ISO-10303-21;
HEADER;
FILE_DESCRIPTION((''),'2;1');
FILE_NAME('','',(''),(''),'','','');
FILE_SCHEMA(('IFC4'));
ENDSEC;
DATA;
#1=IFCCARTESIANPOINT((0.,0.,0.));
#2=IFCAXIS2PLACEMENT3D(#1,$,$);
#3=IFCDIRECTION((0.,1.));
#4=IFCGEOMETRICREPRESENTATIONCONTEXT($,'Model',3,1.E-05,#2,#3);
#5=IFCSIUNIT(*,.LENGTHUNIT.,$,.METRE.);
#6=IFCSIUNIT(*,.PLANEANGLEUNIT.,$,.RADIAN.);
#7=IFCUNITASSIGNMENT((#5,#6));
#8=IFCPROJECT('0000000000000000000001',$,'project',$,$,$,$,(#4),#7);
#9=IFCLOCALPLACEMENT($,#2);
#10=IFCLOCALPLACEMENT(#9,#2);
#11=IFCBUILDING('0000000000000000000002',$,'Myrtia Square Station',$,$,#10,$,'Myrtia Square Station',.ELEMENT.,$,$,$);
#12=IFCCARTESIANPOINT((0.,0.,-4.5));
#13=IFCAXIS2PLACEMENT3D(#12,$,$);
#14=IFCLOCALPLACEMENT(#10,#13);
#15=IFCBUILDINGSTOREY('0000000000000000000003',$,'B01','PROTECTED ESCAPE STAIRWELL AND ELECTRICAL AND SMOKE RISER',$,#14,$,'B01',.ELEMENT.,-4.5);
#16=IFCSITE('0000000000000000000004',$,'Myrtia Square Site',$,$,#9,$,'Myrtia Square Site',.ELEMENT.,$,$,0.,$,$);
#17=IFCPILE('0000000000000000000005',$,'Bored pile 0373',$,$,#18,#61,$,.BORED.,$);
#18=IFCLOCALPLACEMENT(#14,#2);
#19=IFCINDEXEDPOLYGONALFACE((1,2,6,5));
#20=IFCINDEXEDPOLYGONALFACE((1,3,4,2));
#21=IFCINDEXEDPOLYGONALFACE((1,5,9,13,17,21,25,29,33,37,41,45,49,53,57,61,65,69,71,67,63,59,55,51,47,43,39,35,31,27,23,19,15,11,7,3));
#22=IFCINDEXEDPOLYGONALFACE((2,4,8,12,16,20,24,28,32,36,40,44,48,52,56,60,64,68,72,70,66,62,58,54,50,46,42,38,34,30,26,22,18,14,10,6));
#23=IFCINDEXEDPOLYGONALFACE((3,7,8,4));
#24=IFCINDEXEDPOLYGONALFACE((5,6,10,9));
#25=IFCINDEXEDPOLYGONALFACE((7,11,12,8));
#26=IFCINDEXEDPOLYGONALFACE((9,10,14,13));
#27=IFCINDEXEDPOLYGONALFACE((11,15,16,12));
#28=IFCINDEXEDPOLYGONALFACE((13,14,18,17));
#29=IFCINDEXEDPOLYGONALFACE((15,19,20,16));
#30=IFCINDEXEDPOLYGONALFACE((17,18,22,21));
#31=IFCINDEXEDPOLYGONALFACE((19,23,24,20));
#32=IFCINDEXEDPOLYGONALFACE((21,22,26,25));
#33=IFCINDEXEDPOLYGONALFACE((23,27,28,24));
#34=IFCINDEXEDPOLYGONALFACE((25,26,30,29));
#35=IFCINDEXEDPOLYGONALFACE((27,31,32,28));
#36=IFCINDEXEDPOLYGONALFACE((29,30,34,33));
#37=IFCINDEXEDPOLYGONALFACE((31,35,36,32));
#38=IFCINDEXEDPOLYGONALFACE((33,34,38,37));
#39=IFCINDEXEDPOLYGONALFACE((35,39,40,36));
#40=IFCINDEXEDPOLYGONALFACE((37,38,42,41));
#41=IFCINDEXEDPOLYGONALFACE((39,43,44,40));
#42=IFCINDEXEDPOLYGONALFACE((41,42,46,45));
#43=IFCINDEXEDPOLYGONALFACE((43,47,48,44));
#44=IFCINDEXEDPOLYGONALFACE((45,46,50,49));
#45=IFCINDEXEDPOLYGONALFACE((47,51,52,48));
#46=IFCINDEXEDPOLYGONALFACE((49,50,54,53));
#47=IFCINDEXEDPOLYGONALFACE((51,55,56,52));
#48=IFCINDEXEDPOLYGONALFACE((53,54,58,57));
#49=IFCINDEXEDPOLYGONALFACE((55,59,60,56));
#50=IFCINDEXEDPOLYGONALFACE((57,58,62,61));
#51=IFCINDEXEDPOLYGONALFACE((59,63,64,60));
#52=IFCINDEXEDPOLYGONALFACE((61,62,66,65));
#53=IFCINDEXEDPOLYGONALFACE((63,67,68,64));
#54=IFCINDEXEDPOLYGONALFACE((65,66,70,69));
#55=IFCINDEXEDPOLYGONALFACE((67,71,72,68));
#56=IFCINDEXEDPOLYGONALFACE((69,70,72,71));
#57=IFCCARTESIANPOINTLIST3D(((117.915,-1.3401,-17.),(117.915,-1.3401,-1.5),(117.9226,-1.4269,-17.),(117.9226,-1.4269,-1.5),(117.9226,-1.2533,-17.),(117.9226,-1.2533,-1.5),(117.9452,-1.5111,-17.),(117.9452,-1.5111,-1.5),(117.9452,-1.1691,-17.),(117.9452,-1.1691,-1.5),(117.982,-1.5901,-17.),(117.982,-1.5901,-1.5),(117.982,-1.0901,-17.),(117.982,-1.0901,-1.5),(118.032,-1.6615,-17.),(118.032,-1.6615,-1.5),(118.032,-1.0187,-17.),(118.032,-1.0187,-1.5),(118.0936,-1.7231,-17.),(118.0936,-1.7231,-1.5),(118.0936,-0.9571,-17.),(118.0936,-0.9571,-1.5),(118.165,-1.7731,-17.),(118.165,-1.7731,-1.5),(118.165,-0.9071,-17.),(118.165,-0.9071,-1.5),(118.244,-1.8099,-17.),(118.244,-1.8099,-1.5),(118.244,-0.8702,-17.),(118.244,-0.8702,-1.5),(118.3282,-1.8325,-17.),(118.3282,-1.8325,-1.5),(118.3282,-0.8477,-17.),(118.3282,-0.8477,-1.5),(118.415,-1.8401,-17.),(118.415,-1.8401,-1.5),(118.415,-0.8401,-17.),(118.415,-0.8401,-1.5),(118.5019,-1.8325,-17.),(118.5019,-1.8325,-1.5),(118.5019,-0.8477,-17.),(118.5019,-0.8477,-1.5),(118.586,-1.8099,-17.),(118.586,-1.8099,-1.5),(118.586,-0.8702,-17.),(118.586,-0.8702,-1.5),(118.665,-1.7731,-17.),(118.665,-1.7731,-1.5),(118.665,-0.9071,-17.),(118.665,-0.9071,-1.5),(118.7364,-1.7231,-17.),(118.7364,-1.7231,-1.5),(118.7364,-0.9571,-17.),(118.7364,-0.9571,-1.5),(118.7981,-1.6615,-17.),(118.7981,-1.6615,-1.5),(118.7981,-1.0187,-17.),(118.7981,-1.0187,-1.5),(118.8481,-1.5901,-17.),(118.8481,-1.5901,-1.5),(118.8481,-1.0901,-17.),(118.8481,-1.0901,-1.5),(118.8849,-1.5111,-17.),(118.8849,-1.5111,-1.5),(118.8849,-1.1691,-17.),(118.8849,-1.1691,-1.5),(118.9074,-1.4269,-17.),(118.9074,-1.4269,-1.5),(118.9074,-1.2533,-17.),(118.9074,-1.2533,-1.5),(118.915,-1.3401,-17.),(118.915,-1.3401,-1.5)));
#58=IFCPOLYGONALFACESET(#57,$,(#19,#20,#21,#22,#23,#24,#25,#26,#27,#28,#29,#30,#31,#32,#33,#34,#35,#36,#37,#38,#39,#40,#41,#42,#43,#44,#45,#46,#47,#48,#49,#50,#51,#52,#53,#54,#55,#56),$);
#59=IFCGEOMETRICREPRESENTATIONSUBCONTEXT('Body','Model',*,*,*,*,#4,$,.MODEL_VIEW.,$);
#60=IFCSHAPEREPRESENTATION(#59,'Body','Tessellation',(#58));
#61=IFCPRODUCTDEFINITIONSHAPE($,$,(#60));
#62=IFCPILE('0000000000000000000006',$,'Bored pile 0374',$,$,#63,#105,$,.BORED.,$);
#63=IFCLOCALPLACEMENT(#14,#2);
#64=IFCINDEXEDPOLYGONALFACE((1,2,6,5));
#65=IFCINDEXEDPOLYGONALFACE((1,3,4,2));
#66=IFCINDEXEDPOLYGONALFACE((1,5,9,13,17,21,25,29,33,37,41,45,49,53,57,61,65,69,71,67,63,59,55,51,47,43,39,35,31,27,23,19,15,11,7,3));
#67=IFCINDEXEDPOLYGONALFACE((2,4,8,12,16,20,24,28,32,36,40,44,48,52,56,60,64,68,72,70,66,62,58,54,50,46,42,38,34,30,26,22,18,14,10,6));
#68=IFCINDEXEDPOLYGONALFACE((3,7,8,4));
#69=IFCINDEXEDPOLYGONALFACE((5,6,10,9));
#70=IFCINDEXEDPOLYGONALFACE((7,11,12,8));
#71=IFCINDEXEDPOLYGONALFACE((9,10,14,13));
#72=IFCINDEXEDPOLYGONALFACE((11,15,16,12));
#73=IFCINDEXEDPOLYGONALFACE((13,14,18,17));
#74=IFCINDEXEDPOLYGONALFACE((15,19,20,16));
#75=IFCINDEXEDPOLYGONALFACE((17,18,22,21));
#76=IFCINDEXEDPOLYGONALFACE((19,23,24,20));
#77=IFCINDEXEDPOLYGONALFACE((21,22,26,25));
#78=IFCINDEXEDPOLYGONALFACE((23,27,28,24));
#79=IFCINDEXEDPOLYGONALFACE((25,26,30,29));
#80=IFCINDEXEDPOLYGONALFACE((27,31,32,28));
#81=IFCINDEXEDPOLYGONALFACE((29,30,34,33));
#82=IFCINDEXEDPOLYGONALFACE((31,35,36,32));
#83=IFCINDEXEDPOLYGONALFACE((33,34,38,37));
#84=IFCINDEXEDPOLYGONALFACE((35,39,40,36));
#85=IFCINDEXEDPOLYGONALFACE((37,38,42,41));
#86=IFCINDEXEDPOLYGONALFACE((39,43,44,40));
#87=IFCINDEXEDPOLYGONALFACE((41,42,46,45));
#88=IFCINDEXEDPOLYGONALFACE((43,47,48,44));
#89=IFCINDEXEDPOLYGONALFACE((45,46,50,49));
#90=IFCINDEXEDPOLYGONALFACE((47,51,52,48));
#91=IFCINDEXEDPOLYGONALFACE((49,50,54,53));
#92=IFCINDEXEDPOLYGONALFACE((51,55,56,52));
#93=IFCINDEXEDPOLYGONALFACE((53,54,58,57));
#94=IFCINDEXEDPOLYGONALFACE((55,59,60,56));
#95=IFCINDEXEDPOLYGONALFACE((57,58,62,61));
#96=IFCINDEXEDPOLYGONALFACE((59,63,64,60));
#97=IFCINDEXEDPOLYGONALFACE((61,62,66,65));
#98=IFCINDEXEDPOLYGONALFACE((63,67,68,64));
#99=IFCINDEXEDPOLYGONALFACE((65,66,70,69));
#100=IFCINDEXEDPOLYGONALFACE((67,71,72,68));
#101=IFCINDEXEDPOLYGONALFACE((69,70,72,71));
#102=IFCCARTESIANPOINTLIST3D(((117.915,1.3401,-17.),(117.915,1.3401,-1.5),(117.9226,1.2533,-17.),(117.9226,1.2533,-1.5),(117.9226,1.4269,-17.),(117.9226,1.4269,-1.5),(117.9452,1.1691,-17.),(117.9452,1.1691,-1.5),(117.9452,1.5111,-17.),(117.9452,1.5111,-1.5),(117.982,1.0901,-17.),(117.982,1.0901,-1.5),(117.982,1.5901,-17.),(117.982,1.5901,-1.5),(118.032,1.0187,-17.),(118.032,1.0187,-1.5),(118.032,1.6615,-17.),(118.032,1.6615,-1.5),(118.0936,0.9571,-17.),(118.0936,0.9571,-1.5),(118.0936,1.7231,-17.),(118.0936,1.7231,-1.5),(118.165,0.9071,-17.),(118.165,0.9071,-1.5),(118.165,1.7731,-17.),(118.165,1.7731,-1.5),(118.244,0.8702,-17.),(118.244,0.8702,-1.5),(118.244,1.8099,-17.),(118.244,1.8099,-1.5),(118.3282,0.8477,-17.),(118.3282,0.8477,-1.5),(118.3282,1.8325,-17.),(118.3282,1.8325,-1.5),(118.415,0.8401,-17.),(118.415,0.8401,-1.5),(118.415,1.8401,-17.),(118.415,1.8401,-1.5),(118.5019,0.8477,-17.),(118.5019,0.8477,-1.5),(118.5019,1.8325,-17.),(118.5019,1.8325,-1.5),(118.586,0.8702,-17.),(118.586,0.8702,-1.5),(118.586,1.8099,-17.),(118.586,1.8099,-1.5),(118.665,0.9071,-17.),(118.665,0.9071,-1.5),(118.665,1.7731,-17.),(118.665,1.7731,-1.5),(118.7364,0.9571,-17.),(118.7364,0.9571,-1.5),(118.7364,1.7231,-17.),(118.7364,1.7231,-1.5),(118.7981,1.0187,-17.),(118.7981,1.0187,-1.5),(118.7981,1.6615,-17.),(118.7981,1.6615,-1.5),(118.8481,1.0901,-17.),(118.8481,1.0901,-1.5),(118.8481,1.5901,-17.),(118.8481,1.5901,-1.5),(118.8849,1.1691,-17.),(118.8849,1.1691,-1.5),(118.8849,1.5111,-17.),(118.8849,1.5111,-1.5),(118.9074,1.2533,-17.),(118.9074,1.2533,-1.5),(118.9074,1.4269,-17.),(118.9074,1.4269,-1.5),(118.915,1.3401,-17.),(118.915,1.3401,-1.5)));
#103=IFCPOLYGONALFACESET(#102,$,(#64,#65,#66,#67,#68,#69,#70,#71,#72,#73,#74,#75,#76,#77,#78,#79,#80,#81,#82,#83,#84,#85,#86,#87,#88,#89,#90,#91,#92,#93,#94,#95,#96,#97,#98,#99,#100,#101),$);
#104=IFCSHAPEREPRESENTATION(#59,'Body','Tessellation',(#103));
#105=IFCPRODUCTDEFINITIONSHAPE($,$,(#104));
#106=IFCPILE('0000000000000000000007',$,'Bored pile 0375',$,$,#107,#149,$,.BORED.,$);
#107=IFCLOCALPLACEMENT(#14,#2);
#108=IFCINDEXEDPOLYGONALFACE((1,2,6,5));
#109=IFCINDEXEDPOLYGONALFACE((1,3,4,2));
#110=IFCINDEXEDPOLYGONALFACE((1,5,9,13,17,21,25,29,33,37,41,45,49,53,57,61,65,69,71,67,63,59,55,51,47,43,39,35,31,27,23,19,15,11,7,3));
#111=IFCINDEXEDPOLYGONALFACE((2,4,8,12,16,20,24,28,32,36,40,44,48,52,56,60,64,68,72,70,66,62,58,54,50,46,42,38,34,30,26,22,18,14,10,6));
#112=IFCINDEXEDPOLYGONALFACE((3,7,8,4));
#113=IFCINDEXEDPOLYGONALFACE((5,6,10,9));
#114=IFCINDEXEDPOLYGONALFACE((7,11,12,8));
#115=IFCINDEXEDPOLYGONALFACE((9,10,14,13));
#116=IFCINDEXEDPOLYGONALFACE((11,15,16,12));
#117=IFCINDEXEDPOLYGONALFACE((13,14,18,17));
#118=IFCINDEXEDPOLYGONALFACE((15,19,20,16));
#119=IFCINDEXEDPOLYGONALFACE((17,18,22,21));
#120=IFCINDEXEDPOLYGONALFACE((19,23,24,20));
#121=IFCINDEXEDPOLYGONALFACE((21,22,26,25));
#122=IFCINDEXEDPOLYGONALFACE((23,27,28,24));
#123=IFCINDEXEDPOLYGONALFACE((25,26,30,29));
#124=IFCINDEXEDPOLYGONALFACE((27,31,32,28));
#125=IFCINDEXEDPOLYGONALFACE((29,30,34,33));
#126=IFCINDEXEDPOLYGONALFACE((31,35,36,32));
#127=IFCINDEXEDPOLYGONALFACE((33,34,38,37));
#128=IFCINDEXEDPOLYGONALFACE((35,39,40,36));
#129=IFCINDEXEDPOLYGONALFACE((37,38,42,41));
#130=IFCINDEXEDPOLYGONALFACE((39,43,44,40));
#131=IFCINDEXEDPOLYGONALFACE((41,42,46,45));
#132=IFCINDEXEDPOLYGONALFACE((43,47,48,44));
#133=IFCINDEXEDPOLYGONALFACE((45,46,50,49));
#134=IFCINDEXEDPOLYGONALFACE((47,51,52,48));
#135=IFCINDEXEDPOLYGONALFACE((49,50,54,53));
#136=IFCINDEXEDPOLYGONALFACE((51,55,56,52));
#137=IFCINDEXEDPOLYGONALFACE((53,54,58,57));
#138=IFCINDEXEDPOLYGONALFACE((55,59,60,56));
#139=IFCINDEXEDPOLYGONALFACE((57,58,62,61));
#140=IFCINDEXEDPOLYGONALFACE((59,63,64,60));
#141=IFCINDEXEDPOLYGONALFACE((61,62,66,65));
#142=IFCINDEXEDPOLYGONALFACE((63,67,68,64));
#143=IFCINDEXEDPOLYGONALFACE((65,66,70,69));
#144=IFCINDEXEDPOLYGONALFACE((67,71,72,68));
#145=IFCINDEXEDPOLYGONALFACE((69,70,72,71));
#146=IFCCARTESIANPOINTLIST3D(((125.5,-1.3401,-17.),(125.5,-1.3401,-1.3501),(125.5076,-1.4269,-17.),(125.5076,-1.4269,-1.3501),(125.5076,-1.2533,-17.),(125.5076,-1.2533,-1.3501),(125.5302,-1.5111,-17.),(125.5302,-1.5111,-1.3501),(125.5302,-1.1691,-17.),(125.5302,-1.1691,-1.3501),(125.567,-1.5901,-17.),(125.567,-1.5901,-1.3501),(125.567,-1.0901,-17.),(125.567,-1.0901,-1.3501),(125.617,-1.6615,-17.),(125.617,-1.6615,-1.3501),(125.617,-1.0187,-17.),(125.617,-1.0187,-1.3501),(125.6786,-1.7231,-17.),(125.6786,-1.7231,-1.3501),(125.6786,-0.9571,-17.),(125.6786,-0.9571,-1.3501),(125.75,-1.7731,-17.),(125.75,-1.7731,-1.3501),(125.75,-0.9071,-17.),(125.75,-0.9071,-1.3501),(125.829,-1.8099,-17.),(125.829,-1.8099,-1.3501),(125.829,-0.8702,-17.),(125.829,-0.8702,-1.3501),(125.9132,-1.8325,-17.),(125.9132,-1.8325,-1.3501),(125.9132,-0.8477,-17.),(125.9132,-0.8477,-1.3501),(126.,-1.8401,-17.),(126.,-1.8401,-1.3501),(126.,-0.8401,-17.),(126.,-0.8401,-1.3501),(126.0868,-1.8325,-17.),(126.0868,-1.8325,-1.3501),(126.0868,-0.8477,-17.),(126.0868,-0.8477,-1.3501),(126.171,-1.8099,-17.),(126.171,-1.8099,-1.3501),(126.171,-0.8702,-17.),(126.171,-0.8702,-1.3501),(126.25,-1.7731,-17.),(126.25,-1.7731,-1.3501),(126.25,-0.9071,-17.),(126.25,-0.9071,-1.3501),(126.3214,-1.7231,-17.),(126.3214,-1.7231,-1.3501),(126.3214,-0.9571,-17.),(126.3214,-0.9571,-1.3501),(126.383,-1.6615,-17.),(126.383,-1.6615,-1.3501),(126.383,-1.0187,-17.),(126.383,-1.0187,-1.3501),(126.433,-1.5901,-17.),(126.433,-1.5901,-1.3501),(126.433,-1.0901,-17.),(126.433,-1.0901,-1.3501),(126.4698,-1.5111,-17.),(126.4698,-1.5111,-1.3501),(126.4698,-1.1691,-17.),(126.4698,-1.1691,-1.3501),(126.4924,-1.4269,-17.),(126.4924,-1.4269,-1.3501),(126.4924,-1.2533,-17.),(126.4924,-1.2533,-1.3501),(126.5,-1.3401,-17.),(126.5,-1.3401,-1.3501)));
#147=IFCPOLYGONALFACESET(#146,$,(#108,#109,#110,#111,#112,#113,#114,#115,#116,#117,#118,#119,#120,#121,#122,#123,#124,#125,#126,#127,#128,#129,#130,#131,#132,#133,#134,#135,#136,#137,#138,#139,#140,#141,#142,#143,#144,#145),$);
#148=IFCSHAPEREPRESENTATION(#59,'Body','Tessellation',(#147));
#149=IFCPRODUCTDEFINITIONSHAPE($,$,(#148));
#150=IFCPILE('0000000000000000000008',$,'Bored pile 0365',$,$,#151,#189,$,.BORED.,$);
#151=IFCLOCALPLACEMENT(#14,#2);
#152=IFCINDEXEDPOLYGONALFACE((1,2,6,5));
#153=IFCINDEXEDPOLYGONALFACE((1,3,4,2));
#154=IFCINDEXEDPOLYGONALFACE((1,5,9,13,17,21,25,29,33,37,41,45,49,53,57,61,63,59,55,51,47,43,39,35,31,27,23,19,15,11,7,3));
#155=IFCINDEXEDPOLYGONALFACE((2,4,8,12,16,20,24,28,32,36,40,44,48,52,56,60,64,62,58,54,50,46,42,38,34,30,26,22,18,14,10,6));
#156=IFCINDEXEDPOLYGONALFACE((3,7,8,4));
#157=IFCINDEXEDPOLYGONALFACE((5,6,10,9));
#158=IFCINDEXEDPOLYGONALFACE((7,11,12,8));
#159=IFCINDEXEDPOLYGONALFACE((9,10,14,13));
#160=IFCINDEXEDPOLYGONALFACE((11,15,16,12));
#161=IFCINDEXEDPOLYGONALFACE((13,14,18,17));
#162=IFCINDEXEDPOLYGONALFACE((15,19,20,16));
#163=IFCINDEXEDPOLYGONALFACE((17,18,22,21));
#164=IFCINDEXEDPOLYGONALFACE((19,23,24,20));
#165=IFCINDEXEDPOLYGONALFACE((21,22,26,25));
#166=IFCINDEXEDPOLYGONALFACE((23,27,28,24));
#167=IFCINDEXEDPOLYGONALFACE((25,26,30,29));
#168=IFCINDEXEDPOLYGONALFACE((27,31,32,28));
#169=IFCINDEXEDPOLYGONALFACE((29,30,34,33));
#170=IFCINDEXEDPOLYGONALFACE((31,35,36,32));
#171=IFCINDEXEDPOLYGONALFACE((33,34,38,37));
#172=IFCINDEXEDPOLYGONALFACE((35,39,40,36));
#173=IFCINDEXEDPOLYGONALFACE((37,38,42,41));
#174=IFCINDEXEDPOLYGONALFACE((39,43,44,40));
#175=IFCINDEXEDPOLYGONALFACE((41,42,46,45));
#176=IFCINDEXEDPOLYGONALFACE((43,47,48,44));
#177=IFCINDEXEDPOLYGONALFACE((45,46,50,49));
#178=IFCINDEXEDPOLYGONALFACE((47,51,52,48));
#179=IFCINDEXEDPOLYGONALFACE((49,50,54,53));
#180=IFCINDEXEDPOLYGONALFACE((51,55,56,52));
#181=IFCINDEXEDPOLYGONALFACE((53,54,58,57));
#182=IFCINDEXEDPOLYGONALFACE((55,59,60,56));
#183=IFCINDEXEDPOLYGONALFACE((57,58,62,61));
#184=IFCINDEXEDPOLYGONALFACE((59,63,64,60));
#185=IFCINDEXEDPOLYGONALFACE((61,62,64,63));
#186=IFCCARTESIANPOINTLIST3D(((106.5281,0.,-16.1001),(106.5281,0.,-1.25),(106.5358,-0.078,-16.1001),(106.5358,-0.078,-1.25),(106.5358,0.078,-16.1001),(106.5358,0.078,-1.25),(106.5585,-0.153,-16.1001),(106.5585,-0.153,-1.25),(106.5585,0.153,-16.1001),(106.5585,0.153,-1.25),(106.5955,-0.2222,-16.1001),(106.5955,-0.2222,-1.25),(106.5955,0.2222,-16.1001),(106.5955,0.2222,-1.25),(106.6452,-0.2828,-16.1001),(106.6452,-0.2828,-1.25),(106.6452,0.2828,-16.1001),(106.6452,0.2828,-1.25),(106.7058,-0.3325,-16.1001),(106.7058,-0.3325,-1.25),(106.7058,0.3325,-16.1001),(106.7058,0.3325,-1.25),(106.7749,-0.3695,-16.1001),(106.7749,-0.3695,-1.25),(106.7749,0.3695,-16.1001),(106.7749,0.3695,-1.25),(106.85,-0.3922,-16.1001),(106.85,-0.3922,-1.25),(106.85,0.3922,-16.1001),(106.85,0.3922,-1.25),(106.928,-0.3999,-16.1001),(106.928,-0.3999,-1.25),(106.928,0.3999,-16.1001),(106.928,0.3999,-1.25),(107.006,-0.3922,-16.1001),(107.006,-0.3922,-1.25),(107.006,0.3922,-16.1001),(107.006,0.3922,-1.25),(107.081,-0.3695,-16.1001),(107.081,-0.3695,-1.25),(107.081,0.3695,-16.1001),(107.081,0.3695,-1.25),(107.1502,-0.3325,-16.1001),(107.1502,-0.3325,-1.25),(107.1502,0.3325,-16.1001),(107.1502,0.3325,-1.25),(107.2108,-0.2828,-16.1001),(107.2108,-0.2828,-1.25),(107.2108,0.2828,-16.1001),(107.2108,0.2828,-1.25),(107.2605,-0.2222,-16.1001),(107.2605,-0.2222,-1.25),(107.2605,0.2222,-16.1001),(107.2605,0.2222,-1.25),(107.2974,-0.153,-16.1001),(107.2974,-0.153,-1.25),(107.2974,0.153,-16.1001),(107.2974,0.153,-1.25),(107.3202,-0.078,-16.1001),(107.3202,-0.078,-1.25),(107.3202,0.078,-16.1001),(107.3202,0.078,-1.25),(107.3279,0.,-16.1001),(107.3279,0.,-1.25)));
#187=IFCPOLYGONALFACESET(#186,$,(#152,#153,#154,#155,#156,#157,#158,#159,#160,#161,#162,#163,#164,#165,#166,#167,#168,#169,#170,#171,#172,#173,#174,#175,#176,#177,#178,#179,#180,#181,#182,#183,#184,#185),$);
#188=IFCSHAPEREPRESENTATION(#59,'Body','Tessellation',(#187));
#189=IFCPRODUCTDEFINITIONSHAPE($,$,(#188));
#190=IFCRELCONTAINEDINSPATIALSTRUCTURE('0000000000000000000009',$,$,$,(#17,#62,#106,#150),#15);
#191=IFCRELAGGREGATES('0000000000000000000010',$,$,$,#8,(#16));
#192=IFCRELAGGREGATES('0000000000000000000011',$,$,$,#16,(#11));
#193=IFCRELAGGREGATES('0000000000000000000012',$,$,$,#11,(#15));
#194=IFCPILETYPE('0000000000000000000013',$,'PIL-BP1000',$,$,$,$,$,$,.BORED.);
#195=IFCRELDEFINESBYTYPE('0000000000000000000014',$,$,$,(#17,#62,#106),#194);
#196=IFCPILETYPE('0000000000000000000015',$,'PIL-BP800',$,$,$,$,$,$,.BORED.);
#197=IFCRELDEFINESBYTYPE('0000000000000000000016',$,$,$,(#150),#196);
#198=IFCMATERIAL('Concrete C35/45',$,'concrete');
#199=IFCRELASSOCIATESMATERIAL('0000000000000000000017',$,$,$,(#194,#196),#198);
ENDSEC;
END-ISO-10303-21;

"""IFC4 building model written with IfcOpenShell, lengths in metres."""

from ifc_helpers import new_model, si_unit, direction, frame, origin, origin_2d, place, context, subcontext, project, spatial, circle, extrude, material, material_profile, profile_set, type_object, element, save


model = new_model("IFC4")

# Units and contexts
model_context = context("Model", 3, precision=1e-05, world=origin(), true_north=direction((0.0, 1.0)))
body_context = subcontext(model_context, "Body", "Model", "MODEL_VIEW")
ifc_project = project(units=[si_unit("LENGTHUNIT", "METRE"), si_unit("PLANEANGLEUNIT", "RADIAN")], contexts=[model_context])

# Site, building, storey
site_placement = place(None, origin())
site = spatial("IfcSite", under=ifc_project, at=site_placement, Name="Myrtia Square Site", LongName="Myrtia Square Site", CompositionType="ELEMENT", RefElevation=0.0)
building_placement = place(site_placement, origin())
building = spatial("IfcBuilding", under=site, at=building_placement, Name="Myrtia Square Station", LongName="Myrtia Square Station", CompositionType="ELEMENT")
storey_placement = place(building_placement, frame((0.0, 0.0, -4.5)))
storey = spatial("IfcBuildingStorey", under=building, at=storey_placement, Name="B01", Description="PROTECTED ESCAPE STAIRWELL AND ELECTRICAL AND SMOKE RISER", LongName="B01", CompositionType="ELEMENT", Elevation=-4.5)

# Shared definitions
ifc_material_1 = material(Name="Concrete C35/45", Category="concrete")

# Piles
ifc_material_profile_1 = material_profile(ifc_material_1, circle(Radius=0.5, at=origin_2d()), Name="BP D1000")
ifc_profile_set_1 = profile_set([ifc_material_profile_1], Name="Concrete C35/45")
pile_type_1 = type_object("IfcPileType", Name="PIL-BP1000", PredefinedType="BORED", material=ifc_profile_set_1)
for number, where, z_axis, x_axis, name in (
    (1, (118.415, -1.3401, -1.5), (0.0, 0.0, -1.0), (1.0, 0.0, 0.0), "Bored pile 0373"),
    (2, (118.415, 1.3401, -1.5), (0.0, 0.0, -1.0), (1.0, 0.0, 0.0), "Bored pile 0374"),
):
    element("IfcPile", number, at=place(storey_placement, frame(where, z_axis=z_axis, x_axis=x_axis)), inside=storey, type_object=pile_type_1, Name=name, PredefinedType="BORED", context=body_context, shape_type="SweptSolid", body=[
        extrude(circle(Radius=0.5, at=origin_2d()), origin(), (0.0, 0.0, 1.0), 15.5),
    ])
pile_placement = place(storey_placement, frame((126.0, -1.3401, -1.3501), z_axis=(0.0, 0.0, -1.0), x_axis=(1.0, 0.0, 0.0)))
element("IfcPile", 3, at=pile_placement, inside=storey, type_object=pile_type_1, Name="Bored pile 0375", PredefinedType="BORED", context=body_context, shape_type="SweptSolid", body=[
    extrude(circle(Radius=0.5, at=origin_2d()), origin(), (0.0, 0.0, 1.0), 15.6499),
])
ifc_material_profile_2 = material_profile(ifc_material_1, circle(Radius=0.3999, at=origin_2d()), Name="BP D800")
ifc_profile_set_2 = profile_set([ifc_material_profile_2], Name="Concrete C35/45")
pile_type_2 = type_object("IfcPileType", Name="PIL-BP800", PredefinedType="BORED", material=ifc_profile_set_2)
for number, where, z_axis, x_axis, name in (
    (4, (106.928, 0.0, -1.25), (0.0, 0.0, -1.0), (1.0, 0.0, 0.0), "Bored pile 0365"),
):
    element("IfcPile", number, at=place(storey_placement, frame(where, z_axis=z_axis, x_axis=x_axis)), inside=storey, type_object=pile_type_2, Name=name, PredefinedType="BORED", context=body_context, shape_type="SweptSolid", body=[
        extrude(circle(Radius=0.3999, at=origin_2d()), origin(), (0.0, 0.0, 1.0), 14.8501),
    ])

save(model, "model.ifc")
